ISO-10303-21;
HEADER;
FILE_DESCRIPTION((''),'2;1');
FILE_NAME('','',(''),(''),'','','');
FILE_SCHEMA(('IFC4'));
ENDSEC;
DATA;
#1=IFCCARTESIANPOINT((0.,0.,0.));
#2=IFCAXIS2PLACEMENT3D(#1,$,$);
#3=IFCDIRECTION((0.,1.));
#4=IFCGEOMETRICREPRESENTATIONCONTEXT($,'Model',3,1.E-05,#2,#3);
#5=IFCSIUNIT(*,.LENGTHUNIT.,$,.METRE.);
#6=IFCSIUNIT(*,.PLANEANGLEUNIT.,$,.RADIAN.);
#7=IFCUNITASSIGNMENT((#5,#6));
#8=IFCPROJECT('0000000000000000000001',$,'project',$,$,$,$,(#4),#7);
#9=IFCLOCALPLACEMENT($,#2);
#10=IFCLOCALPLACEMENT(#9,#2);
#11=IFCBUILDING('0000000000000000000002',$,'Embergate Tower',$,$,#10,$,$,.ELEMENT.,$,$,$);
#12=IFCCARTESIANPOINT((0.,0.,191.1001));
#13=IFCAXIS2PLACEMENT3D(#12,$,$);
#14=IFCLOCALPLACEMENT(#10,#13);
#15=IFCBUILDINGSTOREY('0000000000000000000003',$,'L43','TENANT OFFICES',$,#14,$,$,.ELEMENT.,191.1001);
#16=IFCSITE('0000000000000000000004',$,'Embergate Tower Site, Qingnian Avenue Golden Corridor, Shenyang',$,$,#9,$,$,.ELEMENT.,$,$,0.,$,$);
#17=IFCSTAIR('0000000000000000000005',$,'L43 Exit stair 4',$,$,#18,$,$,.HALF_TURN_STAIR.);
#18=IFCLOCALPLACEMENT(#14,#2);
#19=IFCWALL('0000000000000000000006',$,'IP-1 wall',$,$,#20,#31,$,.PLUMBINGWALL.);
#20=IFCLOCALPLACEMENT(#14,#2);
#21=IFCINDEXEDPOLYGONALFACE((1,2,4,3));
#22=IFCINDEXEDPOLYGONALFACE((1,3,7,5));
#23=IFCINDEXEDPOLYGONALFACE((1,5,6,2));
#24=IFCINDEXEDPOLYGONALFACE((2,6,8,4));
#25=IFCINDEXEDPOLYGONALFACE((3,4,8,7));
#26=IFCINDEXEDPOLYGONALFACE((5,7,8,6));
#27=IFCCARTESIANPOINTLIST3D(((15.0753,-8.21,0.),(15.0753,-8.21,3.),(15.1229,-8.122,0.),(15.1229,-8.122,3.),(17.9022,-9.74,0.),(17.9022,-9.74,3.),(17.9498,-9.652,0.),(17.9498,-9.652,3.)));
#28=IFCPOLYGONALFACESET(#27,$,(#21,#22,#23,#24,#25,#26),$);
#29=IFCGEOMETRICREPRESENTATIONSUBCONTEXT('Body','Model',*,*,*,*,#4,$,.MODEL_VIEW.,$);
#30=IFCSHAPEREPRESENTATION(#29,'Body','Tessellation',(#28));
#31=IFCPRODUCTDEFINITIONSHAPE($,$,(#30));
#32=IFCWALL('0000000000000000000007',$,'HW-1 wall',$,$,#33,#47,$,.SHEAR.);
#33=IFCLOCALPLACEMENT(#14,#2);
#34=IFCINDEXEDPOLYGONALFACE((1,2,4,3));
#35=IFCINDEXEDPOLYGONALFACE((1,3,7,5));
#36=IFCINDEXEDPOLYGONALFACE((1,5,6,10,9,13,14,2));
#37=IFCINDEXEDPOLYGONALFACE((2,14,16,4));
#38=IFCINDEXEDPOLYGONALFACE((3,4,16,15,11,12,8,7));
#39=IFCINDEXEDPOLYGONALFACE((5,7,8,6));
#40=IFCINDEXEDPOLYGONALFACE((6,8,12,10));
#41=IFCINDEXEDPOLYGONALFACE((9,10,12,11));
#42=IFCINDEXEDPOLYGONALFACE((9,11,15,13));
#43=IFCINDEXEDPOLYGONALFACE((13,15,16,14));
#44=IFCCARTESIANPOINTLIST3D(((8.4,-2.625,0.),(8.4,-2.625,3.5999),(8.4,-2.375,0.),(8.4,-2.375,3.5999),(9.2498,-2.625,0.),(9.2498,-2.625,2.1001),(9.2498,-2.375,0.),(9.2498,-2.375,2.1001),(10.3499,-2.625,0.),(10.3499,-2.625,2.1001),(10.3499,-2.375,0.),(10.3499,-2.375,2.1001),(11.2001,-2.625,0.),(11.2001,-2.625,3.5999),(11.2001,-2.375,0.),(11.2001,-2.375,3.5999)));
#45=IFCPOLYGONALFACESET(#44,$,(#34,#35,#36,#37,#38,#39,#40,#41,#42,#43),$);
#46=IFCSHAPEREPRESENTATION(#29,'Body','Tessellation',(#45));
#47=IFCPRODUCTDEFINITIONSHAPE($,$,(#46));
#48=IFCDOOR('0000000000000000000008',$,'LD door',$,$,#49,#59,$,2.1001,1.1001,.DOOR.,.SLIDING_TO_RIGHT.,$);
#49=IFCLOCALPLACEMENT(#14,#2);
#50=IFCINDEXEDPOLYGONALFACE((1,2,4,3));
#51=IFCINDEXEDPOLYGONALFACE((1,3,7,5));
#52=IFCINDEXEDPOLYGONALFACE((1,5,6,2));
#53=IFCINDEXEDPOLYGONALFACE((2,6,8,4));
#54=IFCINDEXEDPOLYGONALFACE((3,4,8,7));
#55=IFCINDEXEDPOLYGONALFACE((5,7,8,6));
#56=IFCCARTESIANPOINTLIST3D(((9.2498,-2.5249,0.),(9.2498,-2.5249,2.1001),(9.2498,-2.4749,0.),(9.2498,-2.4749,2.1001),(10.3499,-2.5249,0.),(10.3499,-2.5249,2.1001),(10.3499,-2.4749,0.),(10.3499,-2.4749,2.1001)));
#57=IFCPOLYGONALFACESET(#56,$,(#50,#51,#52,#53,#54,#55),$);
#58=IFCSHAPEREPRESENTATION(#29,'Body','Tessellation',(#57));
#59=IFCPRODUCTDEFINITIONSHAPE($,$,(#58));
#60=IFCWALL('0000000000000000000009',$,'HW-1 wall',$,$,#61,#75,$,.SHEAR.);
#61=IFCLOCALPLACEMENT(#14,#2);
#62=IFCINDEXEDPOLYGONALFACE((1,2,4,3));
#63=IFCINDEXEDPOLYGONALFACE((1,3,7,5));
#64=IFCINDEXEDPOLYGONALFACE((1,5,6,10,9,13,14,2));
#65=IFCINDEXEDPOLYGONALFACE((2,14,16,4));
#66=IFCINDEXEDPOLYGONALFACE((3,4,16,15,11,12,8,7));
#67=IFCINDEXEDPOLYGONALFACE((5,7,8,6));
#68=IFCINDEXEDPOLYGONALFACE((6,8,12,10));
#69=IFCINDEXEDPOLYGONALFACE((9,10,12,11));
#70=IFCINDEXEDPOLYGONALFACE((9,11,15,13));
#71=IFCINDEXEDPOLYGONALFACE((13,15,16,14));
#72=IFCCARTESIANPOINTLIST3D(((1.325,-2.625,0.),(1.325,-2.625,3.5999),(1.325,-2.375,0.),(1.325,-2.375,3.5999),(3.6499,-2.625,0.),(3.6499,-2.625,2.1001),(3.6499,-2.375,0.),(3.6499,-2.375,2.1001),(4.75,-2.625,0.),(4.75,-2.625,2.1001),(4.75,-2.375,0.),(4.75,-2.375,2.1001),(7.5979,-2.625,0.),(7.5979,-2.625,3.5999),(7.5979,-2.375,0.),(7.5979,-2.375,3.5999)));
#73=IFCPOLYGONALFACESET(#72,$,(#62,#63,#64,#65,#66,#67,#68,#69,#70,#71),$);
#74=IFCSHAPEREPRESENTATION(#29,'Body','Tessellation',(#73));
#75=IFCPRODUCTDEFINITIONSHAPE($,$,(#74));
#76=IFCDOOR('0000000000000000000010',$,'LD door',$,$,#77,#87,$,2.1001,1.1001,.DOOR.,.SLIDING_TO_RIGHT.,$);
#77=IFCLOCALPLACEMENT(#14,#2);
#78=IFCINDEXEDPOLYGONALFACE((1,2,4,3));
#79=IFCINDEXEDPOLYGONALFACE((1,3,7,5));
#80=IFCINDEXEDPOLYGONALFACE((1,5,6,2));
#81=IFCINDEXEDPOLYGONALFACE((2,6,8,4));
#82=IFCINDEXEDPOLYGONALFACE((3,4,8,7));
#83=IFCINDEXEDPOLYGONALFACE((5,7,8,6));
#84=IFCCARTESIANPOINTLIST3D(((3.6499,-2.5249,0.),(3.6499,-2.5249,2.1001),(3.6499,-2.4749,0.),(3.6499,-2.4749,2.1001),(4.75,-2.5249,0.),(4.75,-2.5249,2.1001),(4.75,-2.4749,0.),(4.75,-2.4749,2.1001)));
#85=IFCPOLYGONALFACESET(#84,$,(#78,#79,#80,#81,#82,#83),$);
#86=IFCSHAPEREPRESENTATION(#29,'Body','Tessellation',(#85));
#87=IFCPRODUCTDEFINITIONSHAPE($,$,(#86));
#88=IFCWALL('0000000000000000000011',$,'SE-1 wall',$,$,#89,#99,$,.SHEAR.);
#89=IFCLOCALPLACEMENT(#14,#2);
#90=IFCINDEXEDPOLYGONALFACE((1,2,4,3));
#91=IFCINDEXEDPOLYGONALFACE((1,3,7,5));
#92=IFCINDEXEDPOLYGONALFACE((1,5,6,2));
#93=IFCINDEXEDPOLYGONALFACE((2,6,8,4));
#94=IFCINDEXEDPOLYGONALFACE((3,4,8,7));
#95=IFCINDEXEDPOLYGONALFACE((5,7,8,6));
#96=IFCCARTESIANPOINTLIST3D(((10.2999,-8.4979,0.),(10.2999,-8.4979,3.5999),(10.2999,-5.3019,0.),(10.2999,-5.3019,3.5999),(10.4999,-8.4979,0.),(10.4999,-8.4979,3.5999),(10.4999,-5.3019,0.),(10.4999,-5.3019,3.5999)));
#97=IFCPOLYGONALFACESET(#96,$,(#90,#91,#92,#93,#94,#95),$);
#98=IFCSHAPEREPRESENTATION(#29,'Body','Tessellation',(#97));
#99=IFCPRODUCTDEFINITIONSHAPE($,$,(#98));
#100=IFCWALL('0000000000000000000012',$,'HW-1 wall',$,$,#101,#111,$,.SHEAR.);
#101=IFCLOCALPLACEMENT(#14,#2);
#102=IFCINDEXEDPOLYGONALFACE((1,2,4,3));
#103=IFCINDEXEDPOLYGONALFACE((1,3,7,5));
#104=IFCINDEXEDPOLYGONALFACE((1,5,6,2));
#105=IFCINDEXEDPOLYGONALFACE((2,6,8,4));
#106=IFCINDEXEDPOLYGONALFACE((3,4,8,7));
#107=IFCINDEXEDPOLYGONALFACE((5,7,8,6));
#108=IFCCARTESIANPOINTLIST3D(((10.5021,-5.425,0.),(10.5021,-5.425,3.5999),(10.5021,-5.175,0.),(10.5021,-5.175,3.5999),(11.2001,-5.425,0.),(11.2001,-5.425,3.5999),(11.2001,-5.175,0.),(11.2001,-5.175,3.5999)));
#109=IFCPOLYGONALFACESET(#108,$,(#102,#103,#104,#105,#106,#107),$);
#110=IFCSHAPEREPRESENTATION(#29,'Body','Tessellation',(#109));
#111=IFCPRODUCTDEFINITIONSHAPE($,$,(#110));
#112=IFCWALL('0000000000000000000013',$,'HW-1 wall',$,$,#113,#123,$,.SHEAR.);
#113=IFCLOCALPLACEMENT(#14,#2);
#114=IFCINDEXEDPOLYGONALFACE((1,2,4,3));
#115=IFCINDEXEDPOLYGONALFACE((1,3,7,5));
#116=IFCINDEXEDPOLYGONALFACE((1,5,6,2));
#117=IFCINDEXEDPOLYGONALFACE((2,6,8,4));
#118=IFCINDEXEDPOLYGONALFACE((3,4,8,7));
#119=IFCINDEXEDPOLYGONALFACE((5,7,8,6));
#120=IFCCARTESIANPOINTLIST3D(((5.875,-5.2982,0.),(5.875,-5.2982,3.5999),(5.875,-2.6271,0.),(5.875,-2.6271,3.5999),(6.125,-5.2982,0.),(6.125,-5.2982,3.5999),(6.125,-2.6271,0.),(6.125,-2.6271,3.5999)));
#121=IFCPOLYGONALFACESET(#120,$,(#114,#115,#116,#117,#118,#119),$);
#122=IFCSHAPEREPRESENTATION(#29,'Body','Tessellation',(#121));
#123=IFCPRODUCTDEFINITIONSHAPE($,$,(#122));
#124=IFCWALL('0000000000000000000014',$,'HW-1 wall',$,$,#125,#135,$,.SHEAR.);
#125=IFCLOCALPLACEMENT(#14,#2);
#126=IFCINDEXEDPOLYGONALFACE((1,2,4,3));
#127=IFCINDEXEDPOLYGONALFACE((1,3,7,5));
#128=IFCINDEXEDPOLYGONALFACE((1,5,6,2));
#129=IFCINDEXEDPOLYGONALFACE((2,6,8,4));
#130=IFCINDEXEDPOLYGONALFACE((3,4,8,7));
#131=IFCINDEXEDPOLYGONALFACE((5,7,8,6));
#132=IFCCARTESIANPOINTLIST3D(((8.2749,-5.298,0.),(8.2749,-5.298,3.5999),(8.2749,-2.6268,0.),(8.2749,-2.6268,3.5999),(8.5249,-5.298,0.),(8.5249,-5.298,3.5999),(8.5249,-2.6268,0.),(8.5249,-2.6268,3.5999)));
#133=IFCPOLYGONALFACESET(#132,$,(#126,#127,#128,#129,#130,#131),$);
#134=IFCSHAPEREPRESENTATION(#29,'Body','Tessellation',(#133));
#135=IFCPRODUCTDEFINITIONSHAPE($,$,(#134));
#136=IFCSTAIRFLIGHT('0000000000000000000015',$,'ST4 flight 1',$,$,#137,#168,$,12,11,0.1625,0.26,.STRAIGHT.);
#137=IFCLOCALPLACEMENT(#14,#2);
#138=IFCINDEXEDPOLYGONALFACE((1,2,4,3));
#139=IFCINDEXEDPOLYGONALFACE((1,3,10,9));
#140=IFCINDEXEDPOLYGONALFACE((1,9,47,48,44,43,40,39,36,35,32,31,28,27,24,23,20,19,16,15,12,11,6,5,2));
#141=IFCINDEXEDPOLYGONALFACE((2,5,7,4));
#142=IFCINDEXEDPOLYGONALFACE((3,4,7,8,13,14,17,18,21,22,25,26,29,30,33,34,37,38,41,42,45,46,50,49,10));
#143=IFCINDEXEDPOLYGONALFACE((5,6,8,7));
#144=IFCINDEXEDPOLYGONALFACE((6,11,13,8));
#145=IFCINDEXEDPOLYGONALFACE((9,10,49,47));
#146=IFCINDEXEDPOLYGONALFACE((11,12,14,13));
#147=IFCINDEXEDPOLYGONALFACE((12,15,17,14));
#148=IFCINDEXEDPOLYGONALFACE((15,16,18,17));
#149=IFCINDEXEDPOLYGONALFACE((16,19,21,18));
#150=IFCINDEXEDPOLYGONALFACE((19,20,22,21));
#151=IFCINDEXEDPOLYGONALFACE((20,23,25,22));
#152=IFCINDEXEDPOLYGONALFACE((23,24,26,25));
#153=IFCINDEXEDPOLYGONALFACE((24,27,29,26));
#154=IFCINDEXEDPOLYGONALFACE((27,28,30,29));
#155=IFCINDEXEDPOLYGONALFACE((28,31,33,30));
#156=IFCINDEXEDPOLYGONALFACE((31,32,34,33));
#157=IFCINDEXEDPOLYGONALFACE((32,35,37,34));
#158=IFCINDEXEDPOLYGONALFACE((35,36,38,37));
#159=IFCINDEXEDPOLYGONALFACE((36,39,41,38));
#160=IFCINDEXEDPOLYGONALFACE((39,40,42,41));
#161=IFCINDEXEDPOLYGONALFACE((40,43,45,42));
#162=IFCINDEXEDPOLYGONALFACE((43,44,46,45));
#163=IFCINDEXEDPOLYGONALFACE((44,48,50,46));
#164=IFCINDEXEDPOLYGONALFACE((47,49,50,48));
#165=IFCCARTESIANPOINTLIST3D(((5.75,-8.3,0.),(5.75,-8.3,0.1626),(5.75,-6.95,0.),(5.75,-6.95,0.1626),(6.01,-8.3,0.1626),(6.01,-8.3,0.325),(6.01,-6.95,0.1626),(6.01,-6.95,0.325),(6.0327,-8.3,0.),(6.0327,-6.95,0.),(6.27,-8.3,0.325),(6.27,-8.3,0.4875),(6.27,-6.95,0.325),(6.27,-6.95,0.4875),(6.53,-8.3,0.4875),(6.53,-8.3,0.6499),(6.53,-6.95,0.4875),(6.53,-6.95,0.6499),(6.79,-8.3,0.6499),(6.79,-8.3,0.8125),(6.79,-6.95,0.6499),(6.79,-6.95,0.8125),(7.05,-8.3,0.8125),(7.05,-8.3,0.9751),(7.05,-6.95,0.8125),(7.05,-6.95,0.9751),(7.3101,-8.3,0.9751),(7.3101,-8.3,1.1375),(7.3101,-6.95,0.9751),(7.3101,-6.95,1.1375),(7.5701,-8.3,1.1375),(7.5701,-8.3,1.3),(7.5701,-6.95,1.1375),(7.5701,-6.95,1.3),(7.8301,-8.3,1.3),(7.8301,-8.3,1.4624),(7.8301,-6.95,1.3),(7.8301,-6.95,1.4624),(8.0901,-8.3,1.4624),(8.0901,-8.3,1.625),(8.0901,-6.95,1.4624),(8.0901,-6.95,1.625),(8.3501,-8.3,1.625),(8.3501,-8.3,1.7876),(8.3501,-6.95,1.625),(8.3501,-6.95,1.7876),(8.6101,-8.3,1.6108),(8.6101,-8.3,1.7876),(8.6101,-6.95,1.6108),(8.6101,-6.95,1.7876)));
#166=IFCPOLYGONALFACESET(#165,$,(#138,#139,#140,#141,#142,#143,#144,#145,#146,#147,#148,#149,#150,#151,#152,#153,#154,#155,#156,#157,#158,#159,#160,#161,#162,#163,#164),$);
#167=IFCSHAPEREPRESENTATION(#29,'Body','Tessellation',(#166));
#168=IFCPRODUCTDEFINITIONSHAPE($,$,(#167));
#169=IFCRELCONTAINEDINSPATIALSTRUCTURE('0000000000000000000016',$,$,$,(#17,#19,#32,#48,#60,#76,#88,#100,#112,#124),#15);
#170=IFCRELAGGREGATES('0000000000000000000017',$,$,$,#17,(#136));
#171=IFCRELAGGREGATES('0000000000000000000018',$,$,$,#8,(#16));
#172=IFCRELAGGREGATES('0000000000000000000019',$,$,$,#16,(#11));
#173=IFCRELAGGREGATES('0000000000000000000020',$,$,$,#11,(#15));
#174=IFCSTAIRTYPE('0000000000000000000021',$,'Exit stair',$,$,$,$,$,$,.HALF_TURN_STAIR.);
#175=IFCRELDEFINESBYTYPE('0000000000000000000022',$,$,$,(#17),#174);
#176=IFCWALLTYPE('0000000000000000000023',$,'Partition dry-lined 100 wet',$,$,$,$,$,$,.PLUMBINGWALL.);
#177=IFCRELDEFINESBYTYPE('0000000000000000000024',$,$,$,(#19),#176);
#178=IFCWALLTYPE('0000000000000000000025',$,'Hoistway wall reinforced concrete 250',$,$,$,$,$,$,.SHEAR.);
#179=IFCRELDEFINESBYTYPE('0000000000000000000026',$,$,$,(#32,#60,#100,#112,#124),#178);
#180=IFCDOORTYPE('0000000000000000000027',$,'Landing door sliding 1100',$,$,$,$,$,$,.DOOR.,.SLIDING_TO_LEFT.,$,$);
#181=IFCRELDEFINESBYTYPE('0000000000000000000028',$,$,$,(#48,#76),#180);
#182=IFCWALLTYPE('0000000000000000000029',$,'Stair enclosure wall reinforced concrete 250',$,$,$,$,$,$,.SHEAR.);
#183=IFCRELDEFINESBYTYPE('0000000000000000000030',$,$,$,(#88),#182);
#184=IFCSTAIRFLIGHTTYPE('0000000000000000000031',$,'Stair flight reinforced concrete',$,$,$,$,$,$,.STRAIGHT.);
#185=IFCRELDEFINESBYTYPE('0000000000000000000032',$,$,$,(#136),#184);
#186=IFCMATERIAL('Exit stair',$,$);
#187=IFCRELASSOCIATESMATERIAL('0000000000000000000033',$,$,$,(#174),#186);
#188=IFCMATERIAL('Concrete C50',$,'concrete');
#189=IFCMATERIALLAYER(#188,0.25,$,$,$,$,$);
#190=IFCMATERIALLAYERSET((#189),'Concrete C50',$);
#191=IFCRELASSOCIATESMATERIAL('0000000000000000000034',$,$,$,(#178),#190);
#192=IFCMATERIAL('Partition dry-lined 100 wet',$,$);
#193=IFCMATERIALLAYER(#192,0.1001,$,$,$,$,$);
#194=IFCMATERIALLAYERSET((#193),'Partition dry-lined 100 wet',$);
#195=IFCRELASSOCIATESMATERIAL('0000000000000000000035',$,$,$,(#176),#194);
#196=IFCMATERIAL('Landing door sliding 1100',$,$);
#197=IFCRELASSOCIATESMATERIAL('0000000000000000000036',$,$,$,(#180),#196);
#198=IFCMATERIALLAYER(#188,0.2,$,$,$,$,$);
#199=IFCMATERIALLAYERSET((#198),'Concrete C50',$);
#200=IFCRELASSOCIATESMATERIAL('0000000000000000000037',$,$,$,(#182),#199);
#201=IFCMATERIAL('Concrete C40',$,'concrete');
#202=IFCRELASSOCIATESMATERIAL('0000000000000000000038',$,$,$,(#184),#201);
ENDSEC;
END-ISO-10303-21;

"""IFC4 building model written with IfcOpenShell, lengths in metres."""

from ifc_helpers import new_model, si_unit, direction, frame, frame_2d, origin, place, context, subcontext, project, spatial, polyline, rectangle, outline, extrude, source, transform, mapped, material, layer, layer_set, type_object, element, fill, aggregate, save


model = new_model("IFC4")

# Units and contexts
model_context = context("Model", 3, precision=1e-05, world=origin(), true_north=direction((0.0, 1.0)))
body_context = subcontext(model_context, "Body", "Model", "MODEL_VIEW")
ifc_project = project(units=[si_unit("LENGTHUNIT", "METRE"), si_unit("PLANEANGLEUNIT", "RADIAN")], contexts=[model_context])

# Site, building, storey
site_placement = place(None, origin())
site = spatial("IfcSite", under=ifc_project, at=site_placement, Name="Embergate Tower Site, Qingnian Avenue Golden Corridor, Shenyang", CompositionType="ELEMENT", RefElevation=0.0)
building_placement = place(site_placement, origin())
building = spatial("IfcBuilding", under=site, at=building_placement, Name="Embergate Tower", CompositionType="ELEMENT")
storey_placement = place(building_placement, frame((0.0, 0.0, 191.1001)))
storey = spatial("IfcBuildingStorey", under=building, at=storey_placement, Name="L43", Description="TENANT OFFICES", CompositionType="ELEMENT", Elevation=191.1001)

# Stair
ifc_material_1 = material(Name="Exit stair")
stair_type = type_object("IfcStairType", Name="Exit stair", PredefinedType="HALF_TURN_STAIR", material=ifc_material_1)
stair_placement = place(storey_placement, origin())
stair = element("IfcStair", 1, at=stair_placement, inside=storey, type_object=stair_type, Name="L43 Exit stair 4", PredefinedType="HALF_TURN_STAIR")
ifc_material_2 = material(Name="Concrete C40", Category="concrete")

# Shared definitions
ifc_material_3 = material(Name="Concrete C50", Category="concrete")
ifc_layer_1 = layer(ifc_material_3, 0.25)
ifc_layer_set_1 = layer_set([ifc_layer_1], Name="Concrete C50")
wall_type_1 = type_object("IfcWallType", Name="Hoistway wall reinforced concrete 250", PredefinedType="SHEAR", material=ifc_layer_set_1)

# Wall
ifc_material_4 = material(Name="Partition dry-lined 100 wet")
ifc_layer_2 = layer(ifc_material_4, 0.1001)
ifc_layer_set_2 = layer_set([ifc_layer_2], Name="Partition dry-lined 100 wet")
wall_type_2 = type_object("IfcWallType", Name="Partition dry-lined 100 wet", PredefinedType="PLUMBINGWALL", material=ifc_layer_set_2)
shared_shape_1 = source(origin(), body_context, "Body", "SweptSolid", [
    extrude(rectangle(XDim=3.2144, YDim=0.1001, at=frame_2d((1.6072, 0.0))), origin(), (0.0, 0.0, 1.0), 3.0),
])
wall_1_placement = place(storey_placement, frame((15.0991, -8.166, 0.0), z_axis=(0.0, 0.0, 1.0), x_axis=(0.87945, -0.475992, 0.0)))
element("IfcWall", 2, at=wall_1_placement, inside=storey, type_object=wall_type_2, Name="IP-1 wall", PredefinedType="PLUMBINGWALL", context=body_context, shape_type="MappedRepresentation", body=[
    mapped(shared_shape_1, transform((0.0, 0.0, 0.0))),
])

# Walls, openings, doors
shared_shape_2 = source(origin(), body_context, "Body", "SweptSolid", [
    extrude(rectangle(XDim=2.8, YDim=0.25, at=frame_2d((1.3999, 0.0))), origin(), (0.0, 0.0, 1.0), 3.5999),
])
wall_2_placement = place(storey_placement, frame((11.2, -2.5, 0.0), z_axis=(0.0, 0.0, 1.0), x_axis=(-1.0, 0.0, 0.0)))
wall_2 = element("IfcWall", 3, at=wall_2_placement, inside=storey, type_object=wall_type_1, Name="HW-1 wall", PredefinedType="SHEAR", context=body_context, shape_type="MappedRepresentation", body=[
    mapped(shared_shape_2, transform((0.0, 0.0, 0.0))),
])
shared_shape_3 = source(origin(), body_context, "Body", "SweptSolid", [
    extrude(rectangle(XDim=1.1001, YDim=2.1001, at=frame_2d((0.55, 1.05))), frame((0.0, 0.135, 0.0), z_axis=(0.0, -1.0, 0.0), x_axis=(1.0, 0.0, 0.0)), (0.0, 0.0, 1.0), 0.27),
])
opening_1_placement = place(wall_2_placement, frame((0.8501, 0.0, 0.0)))
opening_1 = element("IfcOpeningElement", 4, at=opening_1_placement, cuts=wall_2, PredefinedType="OPENING", context=body_context, shape_type="MappedRepresentation", body=[
    mapped(shared_shape_3, transform((0.0, 0.0, 0.0))),
])
ifc_material_5 = material(Name="Landing door sliding 1100")
door_type_1 = type_object("IfcDoorType", Name="Landing door sliding 1100", OperationType="SLIDING_TO_LEFT", PredefinedType="DOOR", material=ifc_material_5)
shared_shape_4 = source(origin(), body_context, "Body", "SweptSolid", [
    extrude(rectangle(XDim=1.1001, YDim=2.1001, at=frame_2d((0.55, 1.05))), frame((0.0, 0.0249, 0.0), z_axis=(0.0, -1.0, 0.0), x_axis=(1.0, 0.0, 0.0)), (0.0, 0.0, 1.0), 0.05),
])
door_1_placement = place(opening_1_placement, origin())
door_1 = element("IfcDoor", 5, at=door_1_placement, inside=storey, type_object=door_type_1, Name="LD door", OperationType="SLIDING_TO_RIGHT", OverallHeight=2.1001, OverallWidth=1.1001, PredefinedType="DOOR", context=body_context, shape_type="MappedRepresentation", body=[
    mapped(shared_shape_4, transform((0.0, 0.0, 0.0))),
])
fill(opening_1, door_1)
shared_shape_5 = source(origin(), body_context, "Body", "SweptSolid", [
    extrude(rectangle(XDim=6.2729, YDim=0.25, at=frame_2d((3.1365, 0.0))), origin(), (0.0, 0.0, 1.0), 3.5999),
])
wall_3_placement = place(storey_placement, frame((7.5979, -2.5, 0.0), z_axis=(0.0, 0.0, 1.0), x_axis=(-1.0, 0.0, 0.0)))
wall_3 = element("IfcWall", 6, at=wall_3_placement, inside=storey, type_object=wall_type_1, Name="HW-1 wall", PredefinedType="SHEAR", context=body_context, shape_type="MappedRepresentation", body=[
    mapped(shared_shape_5, transform((0.0, 0.0, 0.0))),
])
opening_2_placement = place(wall_3_placement, frame((2.8479, 0.0, 0.0)))
opening_2 = element("IfcOpeningElement", 7, at=opening_2_placement, cuts=wall_3, PredefinedType="OPENING", context=body_context, shape_type="MappedRepresentation", body=[
    mapped(shared_shape_3, transform((0.0, 0.0, 0.0))),
])
door_2_placement = place(opening_2_placement, origin())
door_2 = element("IfcDoor", 8, at=door_2_placement, inside=storey, type_object=door_type_1, Name="LD door", OperationType="SLIDING_TO_RIGHT", OverallHeight=2.1001, OverallWidth=1.1001, PredefinedType="DOOR", context=body_context, shape_type="MappedRepresentation", body=[
    mapped(shared_shape_4, transform((0.0, 0.0, 0.0))),
])
fill(opening_2, door_2)

# Walls
ifc_layer_3 = layer(ifc_material_3, 0.2)
ifc_layer_set_3 = layer_set([ifc_layer_3], Name="Concrete C50")
wall_type_3 = type_object("IfcWallType", Name="Stair enclosure wall reinforced concrete 250", PredefinedType="SHEAR", material=ifc_layer_set_3)
shared_shape_6 = source(origin(), body_context, "Body", "SweptSolid", [
    extrude(rectangle(XDim=3.196, YDim=0.2, at=frame_2d((1.5981, 0.0))), origin(), (0.0, 0.0, 1.0), 3.5999),
])
wall_4_placement = place(storey_placement, frame((10.3999, -8.498, 0.0), z_axis=(0.0, 0.0, 1.0), x_axis=(0.0, 1.0, 0.0)))
element("IfcWall", 9, at=wall_4_placement, inside=storey, type_object=wall_type_3, Name="SE-1 wall", PredefinedType="SHEAR", context=body_context, shape_type="MappedRepresentation", body=[
    mapped(shared_shape_6, transform((0.0, 0.0, 0.0))),
])
shared_shape_7 = source(origin(), body_context, "Body", "SweptSolid", [
    extrude(rectangle(XDim=0.698, YDim=0.25, at=frame_2d((0.3491, 0.0))), origin(), (0.0, 0.0, 1.0), 3.5999),
])
wall_5_placement = place(storey_placement, frame((10.502, -5.3, 0.0), z_axis=(0.0, 0.0, 1.0), x_axis=(1.0, 0.0, 0.0)))
element("IfcWall", 10, at=wall_5_placement, inside=storey, type_object=wall_type_1, Name="HW-1 wall", PredefinedType="SHEAR", context=body_context, shape_type="MappedRepresentation", body=[
    mapped(shared_shape_7, transform((0.0, 0.0, 0.0))),
])
shared_shape_8 = source(origin(), body_context, "Body", "SweptSolid", [
    extrude(rectangle(XDim=2.6711, YDim=0.25, at=frame_2d((1.3354, 0.0))), origin(), (0.0, 0.0, 1.0), 3.5999),
])
for number, where, z_axis, x_axis, name in (
    (11, (6.0, -5.2981, 0.0), (0.0, 0.0, 1.0), (0.0, 1.0, 0.0), "HW-1 wall"),
    (12, (8.3999, -2.627, 0.0), (0.0, 0.0, 1.0), (0.0, -1.0, 0.0), "HW-1 wall"),
):
    element("IfcWall", number, at=place(storey_placement, frame(where, z_axis=z_axis, x_axis=x_axis)), inside=storey, type_object=wall_type_1, Name=name, PredefinedType="SHEAR", context=body_context, shape_type="MappedRepresentation", body=[
        mapped(shared_shape_8, transform((0.0, 0.0, 0.0))),
    ])

# Stair flight
stair_flight_type = type_object("IfcStairFlightType", Name="Stair flight reinforced concrete", PredefinedType="STRAIGHT", material=ifc_material_2)
shared_shape_9 = source(origin(), body_context, "Body", "SweptSolid", [
    extrude(outline(polyline([(0.0, 0.0), (0.0, 0.1626), (0.26, 0.1626), (0.26, 0.325), (0.52, 0.325), (0.52, 0.4875), (0.78, 0.4875), (0.78, 0.6499), (1.04, 0.6499), (1.04, 0.8125), (1.3, 0.8125), (1.3, 0.9751), (1.5601, 0.9751), (1.5601, 1.1375), (1.8201, 1.1375), (1.8201, 1.3), (2.0801, 1.3), (2.0801, 1.4624), (2.3401, 1.4624), (2.3401, 1.625), (2.6001, 1.625), (2.6001, 1.7876), (2.8601, 1.7876), (2.8601, 1.95), (2.8601, 1.6108), (0.2827, 0.0), (0.0, 0.0)])), frame((0.0, 0.675, 0.0), z_axis=(0.0, -1.0, 0.0), x_axis=(1.0, 0.0, 0.0)), (0.0, 0.0, 1.0), 1.3501),
])
stair_flight_1_placement = place(storey_placement, frame((5.75, -7.625, 0.0), z_axis=(0.0, 0.0, 1.0), x_axis=(1.0, 0.0, 0.0)))
stair_flight_1 = element("IfcStairFlight", 13, at=stair_flight_1_placement, type_object=stair_flight_type, Name="ST4 flight 1", NumberOfRisers=12, NumberOfTreads=11, PredefinedType="STRAIGHT", RiserHeight=0.1625, TreadLength=0.26, context=body_context, shape_type="MappedRepresentation", body=[
    mapped(shared_shape_9, transform((0.0, 0.0, 0.0))),
])
aggregate(stair, [stair_flight_1])

save(model, "model.ifc")
